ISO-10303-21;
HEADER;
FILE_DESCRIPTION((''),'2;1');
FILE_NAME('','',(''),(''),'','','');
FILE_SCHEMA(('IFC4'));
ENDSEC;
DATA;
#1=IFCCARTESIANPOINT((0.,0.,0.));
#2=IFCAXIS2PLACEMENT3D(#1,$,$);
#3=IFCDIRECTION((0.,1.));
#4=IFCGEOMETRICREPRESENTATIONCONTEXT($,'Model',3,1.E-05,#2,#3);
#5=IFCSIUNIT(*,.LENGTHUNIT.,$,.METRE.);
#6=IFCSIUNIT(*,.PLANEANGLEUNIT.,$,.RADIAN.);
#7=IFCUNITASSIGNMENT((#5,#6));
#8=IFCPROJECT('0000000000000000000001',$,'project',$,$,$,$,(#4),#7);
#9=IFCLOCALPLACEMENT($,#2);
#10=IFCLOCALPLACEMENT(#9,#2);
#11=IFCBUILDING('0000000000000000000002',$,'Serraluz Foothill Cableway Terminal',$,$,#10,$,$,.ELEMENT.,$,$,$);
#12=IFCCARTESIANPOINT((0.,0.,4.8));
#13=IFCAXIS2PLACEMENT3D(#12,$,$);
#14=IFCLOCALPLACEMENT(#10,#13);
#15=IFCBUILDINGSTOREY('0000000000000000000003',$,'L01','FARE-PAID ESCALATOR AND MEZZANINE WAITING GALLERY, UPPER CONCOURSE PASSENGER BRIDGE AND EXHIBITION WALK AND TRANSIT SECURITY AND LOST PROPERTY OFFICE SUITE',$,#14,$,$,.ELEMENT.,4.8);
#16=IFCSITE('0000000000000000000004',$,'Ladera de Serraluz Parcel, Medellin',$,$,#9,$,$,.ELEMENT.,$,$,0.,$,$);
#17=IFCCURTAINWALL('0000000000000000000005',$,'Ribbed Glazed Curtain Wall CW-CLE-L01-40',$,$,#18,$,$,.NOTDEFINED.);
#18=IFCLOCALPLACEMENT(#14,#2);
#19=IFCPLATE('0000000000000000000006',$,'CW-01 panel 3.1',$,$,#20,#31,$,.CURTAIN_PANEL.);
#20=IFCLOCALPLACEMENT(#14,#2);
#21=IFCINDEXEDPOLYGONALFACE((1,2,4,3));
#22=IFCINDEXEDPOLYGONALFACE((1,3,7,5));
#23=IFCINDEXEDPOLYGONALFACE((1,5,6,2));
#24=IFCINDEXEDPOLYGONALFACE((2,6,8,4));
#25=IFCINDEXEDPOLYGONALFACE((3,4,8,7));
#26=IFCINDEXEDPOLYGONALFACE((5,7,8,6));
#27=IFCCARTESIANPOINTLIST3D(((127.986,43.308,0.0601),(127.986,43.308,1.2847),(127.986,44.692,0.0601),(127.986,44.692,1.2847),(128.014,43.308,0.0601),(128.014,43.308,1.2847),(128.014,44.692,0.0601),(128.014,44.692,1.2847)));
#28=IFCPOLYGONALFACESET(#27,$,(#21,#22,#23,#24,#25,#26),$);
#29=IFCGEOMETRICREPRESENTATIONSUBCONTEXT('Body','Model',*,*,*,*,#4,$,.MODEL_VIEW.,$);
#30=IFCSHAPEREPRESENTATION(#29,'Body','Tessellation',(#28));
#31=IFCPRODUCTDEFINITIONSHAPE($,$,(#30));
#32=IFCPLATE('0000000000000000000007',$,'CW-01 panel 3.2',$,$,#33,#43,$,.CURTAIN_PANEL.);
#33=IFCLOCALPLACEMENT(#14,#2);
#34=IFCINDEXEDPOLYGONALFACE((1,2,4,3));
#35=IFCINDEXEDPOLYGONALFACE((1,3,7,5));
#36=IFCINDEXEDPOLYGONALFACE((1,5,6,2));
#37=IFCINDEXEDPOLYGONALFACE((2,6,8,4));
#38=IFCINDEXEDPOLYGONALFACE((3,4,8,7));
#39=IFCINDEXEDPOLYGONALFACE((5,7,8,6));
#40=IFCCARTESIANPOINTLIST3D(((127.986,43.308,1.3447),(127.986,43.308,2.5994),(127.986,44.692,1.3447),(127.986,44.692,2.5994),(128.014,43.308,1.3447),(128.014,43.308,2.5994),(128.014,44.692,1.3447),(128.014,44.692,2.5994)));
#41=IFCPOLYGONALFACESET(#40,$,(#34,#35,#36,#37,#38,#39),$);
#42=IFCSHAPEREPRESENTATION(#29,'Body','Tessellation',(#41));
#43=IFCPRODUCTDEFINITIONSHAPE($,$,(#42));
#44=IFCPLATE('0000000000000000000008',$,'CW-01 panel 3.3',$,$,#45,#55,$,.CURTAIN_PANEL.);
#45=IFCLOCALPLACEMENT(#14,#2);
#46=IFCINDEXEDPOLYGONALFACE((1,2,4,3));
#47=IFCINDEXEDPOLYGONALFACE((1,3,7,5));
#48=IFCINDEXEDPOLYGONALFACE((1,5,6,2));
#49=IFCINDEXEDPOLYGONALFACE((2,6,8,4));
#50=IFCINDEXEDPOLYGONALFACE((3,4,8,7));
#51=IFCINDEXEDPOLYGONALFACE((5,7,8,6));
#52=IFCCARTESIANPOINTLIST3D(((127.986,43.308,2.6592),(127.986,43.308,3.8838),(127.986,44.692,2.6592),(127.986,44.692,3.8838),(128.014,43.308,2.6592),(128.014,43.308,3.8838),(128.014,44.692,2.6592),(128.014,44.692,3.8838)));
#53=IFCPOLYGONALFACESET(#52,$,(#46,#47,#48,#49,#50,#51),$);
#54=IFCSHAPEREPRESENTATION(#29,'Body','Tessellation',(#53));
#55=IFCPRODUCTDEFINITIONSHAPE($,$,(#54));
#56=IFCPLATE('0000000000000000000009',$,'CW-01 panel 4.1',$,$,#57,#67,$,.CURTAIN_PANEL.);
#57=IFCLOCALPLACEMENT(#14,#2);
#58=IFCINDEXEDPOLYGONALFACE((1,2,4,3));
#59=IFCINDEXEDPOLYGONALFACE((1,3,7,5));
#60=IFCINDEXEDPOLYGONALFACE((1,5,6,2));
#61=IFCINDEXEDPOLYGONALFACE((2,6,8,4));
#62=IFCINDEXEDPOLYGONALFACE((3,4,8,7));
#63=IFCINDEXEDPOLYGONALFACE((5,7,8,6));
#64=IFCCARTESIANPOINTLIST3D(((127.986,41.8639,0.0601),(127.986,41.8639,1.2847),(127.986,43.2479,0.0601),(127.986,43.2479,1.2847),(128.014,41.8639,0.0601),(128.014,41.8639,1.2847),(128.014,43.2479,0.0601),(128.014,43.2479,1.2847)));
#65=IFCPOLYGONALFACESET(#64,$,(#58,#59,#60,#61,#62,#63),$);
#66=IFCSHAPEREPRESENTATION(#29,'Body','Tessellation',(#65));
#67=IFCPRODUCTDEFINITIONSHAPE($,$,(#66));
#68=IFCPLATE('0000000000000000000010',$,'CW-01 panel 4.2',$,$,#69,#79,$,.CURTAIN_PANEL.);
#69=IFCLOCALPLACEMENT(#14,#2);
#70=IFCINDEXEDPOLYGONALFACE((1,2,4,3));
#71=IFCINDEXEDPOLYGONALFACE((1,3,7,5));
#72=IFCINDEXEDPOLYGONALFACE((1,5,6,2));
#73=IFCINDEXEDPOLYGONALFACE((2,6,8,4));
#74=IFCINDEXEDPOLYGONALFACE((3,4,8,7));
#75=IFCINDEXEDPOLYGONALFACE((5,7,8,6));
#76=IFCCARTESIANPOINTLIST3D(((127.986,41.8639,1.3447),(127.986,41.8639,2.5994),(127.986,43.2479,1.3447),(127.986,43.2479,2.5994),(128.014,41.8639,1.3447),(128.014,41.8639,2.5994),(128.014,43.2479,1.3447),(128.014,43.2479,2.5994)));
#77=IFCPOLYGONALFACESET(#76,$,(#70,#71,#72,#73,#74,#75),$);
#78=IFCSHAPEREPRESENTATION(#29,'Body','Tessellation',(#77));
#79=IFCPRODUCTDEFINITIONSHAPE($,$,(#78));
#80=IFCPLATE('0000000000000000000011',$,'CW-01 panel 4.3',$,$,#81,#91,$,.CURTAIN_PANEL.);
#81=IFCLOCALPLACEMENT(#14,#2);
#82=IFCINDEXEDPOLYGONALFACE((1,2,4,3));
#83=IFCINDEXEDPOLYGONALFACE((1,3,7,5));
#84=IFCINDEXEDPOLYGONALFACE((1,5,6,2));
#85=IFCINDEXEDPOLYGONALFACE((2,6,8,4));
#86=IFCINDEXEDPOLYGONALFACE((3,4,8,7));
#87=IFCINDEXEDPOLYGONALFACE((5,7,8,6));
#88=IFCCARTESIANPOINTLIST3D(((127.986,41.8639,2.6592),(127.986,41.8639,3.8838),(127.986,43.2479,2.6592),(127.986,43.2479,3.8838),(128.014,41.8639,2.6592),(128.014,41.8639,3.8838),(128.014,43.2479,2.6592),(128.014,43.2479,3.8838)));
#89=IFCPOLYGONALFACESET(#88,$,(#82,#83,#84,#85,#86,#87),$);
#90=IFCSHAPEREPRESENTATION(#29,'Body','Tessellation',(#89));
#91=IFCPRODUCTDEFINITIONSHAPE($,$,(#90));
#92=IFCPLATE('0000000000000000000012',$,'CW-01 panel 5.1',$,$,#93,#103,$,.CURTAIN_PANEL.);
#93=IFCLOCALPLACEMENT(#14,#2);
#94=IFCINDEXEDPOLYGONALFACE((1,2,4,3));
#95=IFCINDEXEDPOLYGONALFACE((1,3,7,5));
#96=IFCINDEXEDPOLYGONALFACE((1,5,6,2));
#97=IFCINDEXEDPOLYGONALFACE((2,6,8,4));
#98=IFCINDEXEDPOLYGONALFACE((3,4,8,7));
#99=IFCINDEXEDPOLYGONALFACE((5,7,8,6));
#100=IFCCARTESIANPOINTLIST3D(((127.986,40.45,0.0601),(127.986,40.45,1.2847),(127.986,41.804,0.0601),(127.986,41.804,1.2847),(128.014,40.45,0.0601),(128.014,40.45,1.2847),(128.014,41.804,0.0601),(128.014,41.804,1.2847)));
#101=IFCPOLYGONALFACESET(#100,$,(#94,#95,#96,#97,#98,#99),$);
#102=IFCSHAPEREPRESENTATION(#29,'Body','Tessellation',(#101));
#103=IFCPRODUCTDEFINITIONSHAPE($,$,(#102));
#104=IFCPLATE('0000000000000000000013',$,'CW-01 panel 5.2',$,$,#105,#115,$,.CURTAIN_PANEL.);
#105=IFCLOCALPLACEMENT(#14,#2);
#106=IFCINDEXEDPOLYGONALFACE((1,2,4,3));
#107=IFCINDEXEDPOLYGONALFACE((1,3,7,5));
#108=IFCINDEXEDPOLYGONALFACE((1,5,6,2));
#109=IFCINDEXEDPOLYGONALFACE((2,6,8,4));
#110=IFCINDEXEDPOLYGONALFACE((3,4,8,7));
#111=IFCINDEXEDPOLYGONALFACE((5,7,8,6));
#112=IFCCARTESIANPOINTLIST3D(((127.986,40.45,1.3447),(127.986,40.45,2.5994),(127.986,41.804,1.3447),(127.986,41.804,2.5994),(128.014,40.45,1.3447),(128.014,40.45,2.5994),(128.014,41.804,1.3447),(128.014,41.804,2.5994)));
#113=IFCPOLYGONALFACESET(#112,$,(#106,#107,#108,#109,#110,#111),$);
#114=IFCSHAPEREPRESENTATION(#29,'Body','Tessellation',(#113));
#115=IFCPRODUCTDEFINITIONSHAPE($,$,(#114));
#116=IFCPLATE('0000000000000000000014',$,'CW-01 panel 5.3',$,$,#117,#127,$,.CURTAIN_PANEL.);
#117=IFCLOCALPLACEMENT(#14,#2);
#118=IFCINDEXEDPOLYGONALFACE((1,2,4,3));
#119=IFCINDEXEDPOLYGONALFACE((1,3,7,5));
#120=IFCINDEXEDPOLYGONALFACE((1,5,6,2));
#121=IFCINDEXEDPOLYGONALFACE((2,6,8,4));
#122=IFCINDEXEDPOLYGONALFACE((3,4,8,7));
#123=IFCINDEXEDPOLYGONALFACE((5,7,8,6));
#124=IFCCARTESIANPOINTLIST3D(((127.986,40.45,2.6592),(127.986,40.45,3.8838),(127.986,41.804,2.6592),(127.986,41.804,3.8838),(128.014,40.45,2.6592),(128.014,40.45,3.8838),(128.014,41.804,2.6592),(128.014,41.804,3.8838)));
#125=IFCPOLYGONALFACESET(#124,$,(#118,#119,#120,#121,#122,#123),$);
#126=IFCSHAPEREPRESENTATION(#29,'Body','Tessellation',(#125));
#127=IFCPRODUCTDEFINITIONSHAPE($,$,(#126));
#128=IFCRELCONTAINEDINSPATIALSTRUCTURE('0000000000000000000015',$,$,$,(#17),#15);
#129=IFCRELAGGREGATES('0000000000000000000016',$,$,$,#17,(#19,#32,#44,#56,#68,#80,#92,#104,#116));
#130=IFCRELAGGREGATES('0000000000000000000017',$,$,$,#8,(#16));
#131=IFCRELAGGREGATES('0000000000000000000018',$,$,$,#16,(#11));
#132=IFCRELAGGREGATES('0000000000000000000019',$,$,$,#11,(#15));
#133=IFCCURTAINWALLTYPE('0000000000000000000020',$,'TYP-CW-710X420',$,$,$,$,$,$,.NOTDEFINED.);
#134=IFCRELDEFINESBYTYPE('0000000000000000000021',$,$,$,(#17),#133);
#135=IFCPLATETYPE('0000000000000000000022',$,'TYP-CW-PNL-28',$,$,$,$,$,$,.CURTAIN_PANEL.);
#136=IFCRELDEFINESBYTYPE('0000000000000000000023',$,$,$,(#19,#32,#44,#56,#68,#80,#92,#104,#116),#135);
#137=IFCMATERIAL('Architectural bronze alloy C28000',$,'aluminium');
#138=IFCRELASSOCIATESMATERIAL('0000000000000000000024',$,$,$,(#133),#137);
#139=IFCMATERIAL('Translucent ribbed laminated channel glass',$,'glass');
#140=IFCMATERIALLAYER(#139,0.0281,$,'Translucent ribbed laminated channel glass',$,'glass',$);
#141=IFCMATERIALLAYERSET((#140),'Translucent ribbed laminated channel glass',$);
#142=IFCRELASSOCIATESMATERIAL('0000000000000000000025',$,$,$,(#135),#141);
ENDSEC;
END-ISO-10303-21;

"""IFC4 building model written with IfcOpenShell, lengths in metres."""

from ifc_helpers import new_model, si_unit, direction, frame, origin, origin_2d, place, context, subcontext, project, spatial, rectangle, extrude, material, layer, layer_set, type_object, element, aggregate, save


model = new_model("IFC4")

# Units and contexts
model_context = context("Model", 3, precision=1e-05, world=origin(), true_north=direction((0.0, 1.0)))
body_context = subcontext(model_context, "Body", "Model", "MODEL_VIEW")
ifc_project = project(units=[si_unit("LENGTHUNIT", "METRE"), si_unit("PLANEANGLEUNIT", "RADIAN")], contexts=[model_context])

# Site, building, storey
site_placement = place(None, origin())
site = spatial("IfcSite", under=ifc_project, at=site_placement, Name="Ladera de Serraluz Parcel, Medellin", CompositionType="ELEMENT", RefElevation=0.0)
building_placement = place(site_placement, origin())
building = spatial("IfcBuilding", under=site, at=building_placement, Name="Serraluz Foothill Cableway Terminal", CompositionType="ELEMENT")
storey_placement = place(building_placement, frame((0.0, 0.0, 4.8)))
storey = spatial("IfcBuildingStorey", under=building, at=storey_placement, Name="L01", Description="FARE-PAID ESCALATOR AND MEZZANINE WAITING GALLERY, UPPER CONCOURSE PASSENGER BRIDGE AND EXHIBITION WALK AND TRANSIT SECURITY AND LOST PROPERTY OFFICE SUITE", CompositionType="ELEMENT", Elevation=4.8)

# Shared definitions
ifc_material_1 = material(Name="Architectural bronze alloy C28000", Category="aluminium")
curtain_wall_type = type_object("IfcCurtainWallType", Name="TYP-CW-710X420", PredefinedType="NOTDEFINED", material=ifc_material_1)

# Curtain wall
curtain_wall_1_placement = place(storey_placement, origin())
curtain_wall_1 = element("IfcCurtainWall", 1, at=curtain_wall_1_placement, inside=storey, type_object=curtain_wall_type, Name="Ribbed Glazed Curtain Wall CW-CLE-L01-40", PredefinedType="NOTDEFINED")

# Plates
ifc_material_2 = material(Name="Translucent ribbed laminated channel glass", Category="glass")
ifc_layer = layer(ifc_material_2, 0.0281, Name="Translucent ribbed laminated channel glass", Category="glass")
ifc_layer_set = layer_set([ifc_layer], Name="Translucent ribbed laminated channel glass")
plate_type = type_object("IfcPlateType", Name="TYP-CW-PNL-28", PredefinedType="CURTAIN_PANEL", material=ifc_layer_set)
plate_1_placement = place(storey_placement, frame((128.0, 44.0, 0.0601), z_axis=(0.0, 0.0, 1.0), x_axis=(0.0, -1.0, 0.0)))
plate_1 = element("IfcPlate", 2, at=plate_1_placement, type_object=plate_type, Name="CW-01 panel 3.1", PredefinedType="CURTAIN_PANEL", context=body_context, shape_type="SweptSolid", body=[
    extrude(rectangle(XDim=1.384, YDim=0.0281, at=origin_2d()), origin(), (0.0, 0.0, 1.0), 1.2246),
])
plate_2_placement = place(storey_placement, frame((128.0, 44.0, 1.3447), z_axis=(0.0, 0.0, 1.0), x_axis=(0.0, -1.0, 0.0)))
plate_2 = element("IfcPlate", 3, at=plate_2_placement, type_object=plate_type, Name="CW-01 panel 3.2", PredefinedType="CURTAIN_PANEL", context=body_context, shape_type="SweptSolid", body=[
    extrude(rectangle(XDim=1.384, YDim=0.0281, at=origin_2d()), origin(), (0.0, 0.0, 1.0), 1.2546),
])
plate_3_placement = place(storey_placement, frame((128.0, 44.0, 2.6592), z_axis=(0.0, 0.0, 1.0), x_axis=(0.0, -1.0, 0.0)))
plate_3 = element("IfcPlate", 4, at=plate_3_placement, type_object=plate_type, Name="CW-01 panel 3.3", PredefinedType="CURTAIN_PANEL", context=body_context, shape_type="SweptSolid", body=[
    extrude(rectangle(XDim=1.384, YDim=0.0281, at=origin_2d()), origin(), (0.0, 0.0, 1.0), 1.2246),
])
plate_4_placement = place(storey_placement, frame((128.0, 42.5559, 0.0601), z_axis=(0.0, 0.0, 1.0), x_axis=(0.0, -1.0, 0.0)))
plate_4 = element("IfcPlate", 5, at=plate_4_placement, type_object=plate_type, Name="CW-01 panel 4.1", PredefinedType="CURTAIN_PANEL", context=body_context, shape_type="SweptSolid", body=[
    extrude(rectangle(XDim=1.384, YDim=0.0281, at=origin_2d()), origin(), (0.0, 0.0, 1.0), 1.2246),
])
plate_5_placement = place(storey_placement, frame((128.0, 42.5559, 1.3447), z_axis=(0.0, 0.0, 1.0), x_axis=(0.0, -1.0, 0.0)))
plate_5 = element("IfcPlate", 6, at=plate_5_placement, type_object=plate_type, Name="CW-01 panel 4.2", PredefinedType="CURTAIN_PANEL", context=body_context, shape_type="SweptSolid", body=[
    extrude(rectangle(XDim=1.384, YDim=0.0281, at=origin_2d()), origin(), (0.0, 0.0, 1.0), 1.2546),
])
plate_6_placement = place(storey_placement, frame((128.0, 42.5559, 2.6592), z_axis=(0.0, 0.0, 1.0), x_axis=(0.0, -1.0, 0.0)))
plate_6 = element("IfcPlate", 7, at=plate_6_placement, type_object=plate_type, Name="CW-01 panel 4.3", PredefinedType="CURTAIN_PANEL", context=body_context, shape_type="SweptSolid", body=[
    extrude(rectangle(XDim=1.384, YDim=0.0281, at=origin_2d()), origin(), (0.0, 0.0, 1.0), 1.2246),
])
plate_7_placement = place(storey_placement, frame((128.0, 41.127, 0.0601), z_axis=(0.0, 0.0, 1.0), x_axis=(0.0, -1.0, 0.0)))
plate_7 = element("IfcPlate", 8, at=plate_7_placement, type_object=plate_type, Name="CW-01 panel 5.1", PredefinedType="CURTAIN_PANEL", context=body_context, shape_type="SweptSolid", body=[
    extrude(rectangle(XDim=1.354, YDim=0.0281, at=origin_2d()), origin(), (0.0, 0.0, 1.0), 1.2246),
])
plate_8_placement = place(storey_placement, frame((128.0, 41.127, 1.3447), z_axis=(0.0, 0.0, 1.0), x_axis=(0.0, -1.0, 0.0)))
plate_8 = element("IfcPlate", 9, at=plate_8_placement, type_object=plate_type, Name="CW-01 panel 5.2", PredefinedType="CURTAIN_PANEL", context=body_context, shape_type="SweptSolid", body=[
    extrude(rectangle(XDim=1.354, YDim=0.0281, at=origin_2d()), origin(), (0.0, 0.0, 1.0), 1.2546),
])
plate_9_placement = place(storey_placement, frame((128.0, 41.127, 2.6592), z_axis=(0.0, 0.0, 1.0), x_axis=(0.0, -1.0, 0.0)))
plate_9 = element("IfcPlate", 10, at=plate_9_placement, type_object=plate_type, Name="CW-01 panel 5.3", PredefinedType="CURTAIN_PANEL", context=body_context, shape_type="SweptSolid", body=[
    extrude(rectangle(XDim=1.354, YDim=0.0281, at=origin_2d()), origin(), (0.0, 0.0, 1.0), 1.2246),
])
aggregate(curtain_wall_1, [plate_1, plate_2, plate_3, plate_4, plate_5, plate_6, plate_7, plate_8, plate_9])

save(model, "model.ifc")
